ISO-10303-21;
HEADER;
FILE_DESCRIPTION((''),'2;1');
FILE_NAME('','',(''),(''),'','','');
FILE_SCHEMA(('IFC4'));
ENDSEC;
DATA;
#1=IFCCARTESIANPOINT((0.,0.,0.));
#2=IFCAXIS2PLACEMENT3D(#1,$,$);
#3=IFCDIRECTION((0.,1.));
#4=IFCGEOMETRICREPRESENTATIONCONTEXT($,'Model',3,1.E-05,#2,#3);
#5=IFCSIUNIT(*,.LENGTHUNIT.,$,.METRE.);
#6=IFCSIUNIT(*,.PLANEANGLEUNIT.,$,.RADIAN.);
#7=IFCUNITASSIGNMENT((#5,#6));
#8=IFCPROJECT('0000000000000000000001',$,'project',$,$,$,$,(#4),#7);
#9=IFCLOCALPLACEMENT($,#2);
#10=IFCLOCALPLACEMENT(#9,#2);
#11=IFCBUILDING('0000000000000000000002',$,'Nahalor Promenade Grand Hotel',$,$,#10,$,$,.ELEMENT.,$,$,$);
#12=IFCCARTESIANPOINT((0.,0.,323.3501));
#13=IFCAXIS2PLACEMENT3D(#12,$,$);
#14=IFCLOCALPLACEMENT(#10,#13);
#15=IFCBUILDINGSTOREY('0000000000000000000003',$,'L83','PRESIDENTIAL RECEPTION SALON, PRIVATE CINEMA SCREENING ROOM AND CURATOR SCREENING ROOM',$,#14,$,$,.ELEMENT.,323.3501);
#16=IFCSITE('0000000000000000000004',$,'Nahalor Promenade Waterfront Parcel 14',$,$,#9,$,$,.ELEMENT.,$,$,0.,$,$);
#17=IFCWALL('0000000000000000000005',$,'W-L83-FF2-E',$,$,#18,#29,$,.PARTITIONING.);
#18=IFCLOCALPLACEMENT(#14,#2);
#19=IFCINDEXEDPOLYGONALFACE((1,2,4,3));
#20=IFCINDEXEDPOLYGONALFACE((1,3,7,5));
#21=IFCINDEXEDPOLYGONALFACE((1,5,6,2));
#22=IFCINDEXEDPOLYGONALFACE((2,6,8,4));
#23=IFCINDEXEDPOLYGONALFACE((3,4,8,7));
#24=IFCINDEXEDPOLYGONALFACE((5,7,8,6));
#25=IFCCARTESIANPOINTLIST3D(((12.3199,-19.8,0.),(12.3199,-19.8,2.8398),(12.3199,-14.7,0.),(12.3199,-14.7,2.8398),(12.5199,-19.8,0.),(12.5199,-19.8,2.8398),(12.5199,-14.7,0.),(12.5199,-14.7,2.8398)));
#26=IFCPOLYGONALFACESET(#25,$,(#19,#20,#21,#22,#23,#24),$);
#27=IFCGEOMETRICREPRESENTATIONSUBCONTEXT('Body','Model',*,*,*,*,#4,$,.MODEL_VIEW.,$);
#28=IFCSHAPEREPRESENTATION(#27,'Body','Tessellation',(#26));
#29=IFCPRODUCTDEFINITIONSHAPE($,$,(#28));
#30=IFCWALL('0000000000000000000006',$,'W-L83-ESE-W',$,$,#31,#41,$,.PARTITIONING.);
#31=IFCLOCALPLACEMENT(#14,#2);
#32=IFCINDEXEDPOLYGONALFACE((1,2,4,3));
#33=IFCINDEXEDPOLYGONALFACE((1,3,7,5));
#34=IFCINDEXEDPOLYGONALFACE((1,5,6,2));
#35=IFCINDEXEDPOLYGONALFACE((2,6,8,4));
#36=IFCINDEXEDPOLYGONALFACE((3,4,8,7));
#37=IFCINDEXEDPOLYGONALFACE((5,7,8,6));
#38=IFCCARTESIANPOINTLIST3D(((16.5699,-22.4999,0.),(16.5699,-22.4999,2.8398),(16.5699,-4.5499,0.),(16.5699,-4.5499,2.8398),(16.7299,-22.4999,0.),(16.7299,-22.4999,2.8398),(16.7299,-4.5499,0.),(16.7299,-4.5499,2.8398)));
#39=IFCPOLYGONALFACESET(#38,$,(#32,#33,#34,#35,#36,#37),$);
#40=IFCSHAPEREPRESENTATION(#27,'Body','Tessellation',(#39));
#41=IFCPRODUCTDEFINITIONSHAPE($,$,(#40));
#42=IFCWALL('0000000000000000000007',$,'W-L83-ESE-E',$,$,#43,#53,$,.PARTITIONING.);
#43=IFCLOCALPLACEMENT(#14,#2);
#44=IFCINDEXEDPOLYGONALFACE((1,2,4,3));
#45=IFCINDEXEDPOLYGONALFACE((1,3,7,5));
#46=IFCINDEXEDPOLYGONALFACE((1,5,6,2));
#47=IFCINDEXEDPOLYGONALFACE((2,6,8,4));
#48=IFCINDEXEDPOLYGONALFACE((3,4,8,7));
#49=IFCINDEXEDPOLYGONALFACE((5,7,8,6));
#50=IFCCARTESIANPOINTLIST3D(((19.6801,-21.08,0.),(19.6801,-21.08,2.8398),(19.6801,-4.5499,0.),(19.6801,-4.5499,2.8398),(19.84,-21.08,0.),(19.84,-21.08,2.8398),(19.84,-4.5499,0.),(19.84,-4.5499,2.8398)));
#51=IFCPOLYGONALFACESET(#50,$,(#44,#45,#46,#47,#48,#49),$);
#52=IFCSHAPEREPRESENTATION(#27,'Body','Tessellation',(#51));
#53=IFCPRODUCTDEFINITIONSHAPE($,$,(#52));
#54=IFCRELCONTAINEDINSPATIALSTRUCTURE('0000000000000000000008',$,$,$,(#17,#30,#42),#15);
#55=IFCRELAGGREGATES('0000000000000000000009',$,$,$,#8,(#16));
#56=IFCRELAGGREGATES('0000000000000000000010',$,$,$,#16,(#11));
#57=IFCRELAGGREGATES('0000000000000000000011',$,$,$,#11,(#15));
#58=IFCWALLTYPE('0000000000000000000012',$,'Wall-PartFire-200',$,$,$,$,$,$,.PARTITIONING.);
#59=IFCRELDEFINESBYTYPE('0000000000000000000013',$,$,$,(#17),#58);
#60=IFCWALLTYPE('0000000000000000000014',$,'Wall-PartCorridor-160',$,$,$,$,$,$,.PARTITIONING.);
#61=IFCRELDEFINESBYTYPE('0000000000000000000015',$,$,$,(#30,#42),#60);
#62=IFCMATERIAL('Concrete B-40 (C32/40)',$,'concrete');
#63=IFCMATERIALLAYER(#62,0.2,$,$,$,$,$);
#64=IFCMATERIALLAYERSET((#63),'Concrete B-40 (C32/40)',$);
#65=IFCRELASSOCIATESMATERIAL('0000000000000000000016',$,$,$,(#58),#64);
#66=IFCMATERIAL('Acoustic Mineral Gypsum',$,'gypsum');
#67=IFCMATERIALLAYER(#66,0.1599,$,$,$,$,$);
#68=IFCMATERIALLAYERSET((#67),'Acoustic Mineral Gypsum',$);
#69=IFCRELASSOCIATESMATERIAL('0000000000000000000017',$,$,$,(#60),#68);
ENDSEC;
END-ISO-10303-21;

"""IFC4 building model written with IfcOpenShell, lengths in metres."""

from ifc_helpers import new_model, si_unit, direction, frame, frame_2d, origin, place, context, subcontext, project, spatial, rectangle, extrude, source, transform, mapped, material, layer, layer_set, type_object, element, save


model = new_model("IFC4")

# Units and contexts
model_context = context("Model", 3, precision=1e-05, world=origin(), true_north=direction((0.0, 1.0)))
body_context = subcontext(model_context, "Body", "Model", "MODEL_VIEW")
ifc_project = project(units=[si_unit("LENGTHUNIT", "METRE"), si_unit("PLANEANGLEUNIT", "RADIAN")], contexts=[model_context])

# Site, building, storey
site_placement = place(None, origin())
site = spatial("IfcSite", under=ifc_project, at=site_placement, Name="Nahalor Promenade Waterfront Parcel 14", CompositionType="ELEMENT", RefElevation=0.0)
building_placement = place(site_placement, origin())
building = spatial("IfcBuilding", under=site, at=building_placement, Name="Nahalor Promenade Grand Hotel", CompositionType="ELEMENT")
storey_placement = place(building_placement, frame((0.0, 0.0, 323.3501)))
storey = spatial("IfcBuildingStorey", under=building, at=storey_placement, Name="L83", Description="PRESIDENTIAL RECEPTION SALON, PRIVATE CINEMA SCREENING ROOM AND CURATOR SCREENING ROOM", CompositionType="ELEMENT", Elevation=323.3501)

# Walls
ifc_material_1 = material(Name="Concrete B-40 (C32/40)", Category="concrete")
ifc_layer_1 = layer(ifc_material_1, 0.2)
ifc_layer_set_1 = layer_set([ifc_layer_1], Name="Concrete B-40 (C32/40)")
wall_type_1 = type_object("IfcWallType", Name="Wall-PartFire-200", PredefinedType="PARTITIONING", material=ifc_layer_set_1)
shared_shape_1 = source(origin(), body_context, "Body", "SweptSolid", [
    extrude(rectangle(XDim=5.1001, YDim=0.2, at=frame_2d((2.55, 0.0))), origin(), (0.0, 0.0, 1.0), 2.8398),
])
wall_1_placement = place(storey_placement, frame((12.4199, -19.8, 0.0), z_axis=(0.0, 0.0, 1.0), x_axis=(0.0, 1.0, 0.0)))
element("IfcWall", 1, at=wall_1_placement, inside=storey, type_object=wall_type_1, Name="W-L83-FF2-E", PredefinedType="PARTITIONING", context=body_context, shape_type="MappedRepresentation", body=[
    mapped(shared_shape_1, transform((0.0, 0.0, 0.0), scale=1.0)),
])
ifc_material_2 = material(Name="Acoustic Mineral Gypsum", Category="gypsum")
ifc_layer_2 = layer(ifc_material_2, 0.1599)
ifc_layer_set_2 = layer_set([ifc_layer_2], Name="Acoustic Mineral Gypsum")
wall_type_2 = type_object("IfcWallType", Name="Wall-PartCorridor-160", PredefinedType="PARTITIONING", material=ifc_layer_set_2)
shared_shape_2 = source(origin(), body_context, "Body", "SweptSolid", [
    extrude(rectangle(XDim=17.95, YDim=0.1599, at=frame_2d((8.9751, 0.0))), origin(), (0.0, 0.0, 1.0), 2.8398),
])
wall_2_placement = place(storey_placement, frame((16.6499, -22.5, 0.0), z_axis=(0.0, 0.0, 1.0), x_axis=(0.0, 1.0, 0.0)))
element("IfcWall", 2, at=wall_2_placement, inside=storey, type_object=wall_type_2, Name="W-L83-ESE-W", PredefinedType="PARTITIONING", context=body_context, shape_type="MappedRepresentation", body=[
    mapped(shared_shape_2, transform((0.0, 0.0, 0.0), scale=1.0)),
])
shared_shape_3 = source(origin(), body_context, "Body", "SweptSolid", [
    extrude(rectangle(XDim=16.53, YDim=0.1599, at=frame_2d((8.2651, 0.0))), origin(), (0.0, 0.0, 1.0), 2.8398),
])
wall_3_placement = place(storey_placement, frame((19.76, -21.0801, 0.0), z_axis=(0.0, 0.0, 1.0), x_axis=(0.0, 1.0, 0.0)))
element("IfcWall", 3, at=wall_3_placement, inside=storey, type_object=wall_type_2, Name="W-L83-ESE-E", PredefinedType="PARTITIONING", context=body_context, shape_type="MappedRepresentation", body=[
    mapped(shared_shape_3, transform((0.0, 0.0, 0.0), scale=1.0)),
])

save(model, "model.ifc")
